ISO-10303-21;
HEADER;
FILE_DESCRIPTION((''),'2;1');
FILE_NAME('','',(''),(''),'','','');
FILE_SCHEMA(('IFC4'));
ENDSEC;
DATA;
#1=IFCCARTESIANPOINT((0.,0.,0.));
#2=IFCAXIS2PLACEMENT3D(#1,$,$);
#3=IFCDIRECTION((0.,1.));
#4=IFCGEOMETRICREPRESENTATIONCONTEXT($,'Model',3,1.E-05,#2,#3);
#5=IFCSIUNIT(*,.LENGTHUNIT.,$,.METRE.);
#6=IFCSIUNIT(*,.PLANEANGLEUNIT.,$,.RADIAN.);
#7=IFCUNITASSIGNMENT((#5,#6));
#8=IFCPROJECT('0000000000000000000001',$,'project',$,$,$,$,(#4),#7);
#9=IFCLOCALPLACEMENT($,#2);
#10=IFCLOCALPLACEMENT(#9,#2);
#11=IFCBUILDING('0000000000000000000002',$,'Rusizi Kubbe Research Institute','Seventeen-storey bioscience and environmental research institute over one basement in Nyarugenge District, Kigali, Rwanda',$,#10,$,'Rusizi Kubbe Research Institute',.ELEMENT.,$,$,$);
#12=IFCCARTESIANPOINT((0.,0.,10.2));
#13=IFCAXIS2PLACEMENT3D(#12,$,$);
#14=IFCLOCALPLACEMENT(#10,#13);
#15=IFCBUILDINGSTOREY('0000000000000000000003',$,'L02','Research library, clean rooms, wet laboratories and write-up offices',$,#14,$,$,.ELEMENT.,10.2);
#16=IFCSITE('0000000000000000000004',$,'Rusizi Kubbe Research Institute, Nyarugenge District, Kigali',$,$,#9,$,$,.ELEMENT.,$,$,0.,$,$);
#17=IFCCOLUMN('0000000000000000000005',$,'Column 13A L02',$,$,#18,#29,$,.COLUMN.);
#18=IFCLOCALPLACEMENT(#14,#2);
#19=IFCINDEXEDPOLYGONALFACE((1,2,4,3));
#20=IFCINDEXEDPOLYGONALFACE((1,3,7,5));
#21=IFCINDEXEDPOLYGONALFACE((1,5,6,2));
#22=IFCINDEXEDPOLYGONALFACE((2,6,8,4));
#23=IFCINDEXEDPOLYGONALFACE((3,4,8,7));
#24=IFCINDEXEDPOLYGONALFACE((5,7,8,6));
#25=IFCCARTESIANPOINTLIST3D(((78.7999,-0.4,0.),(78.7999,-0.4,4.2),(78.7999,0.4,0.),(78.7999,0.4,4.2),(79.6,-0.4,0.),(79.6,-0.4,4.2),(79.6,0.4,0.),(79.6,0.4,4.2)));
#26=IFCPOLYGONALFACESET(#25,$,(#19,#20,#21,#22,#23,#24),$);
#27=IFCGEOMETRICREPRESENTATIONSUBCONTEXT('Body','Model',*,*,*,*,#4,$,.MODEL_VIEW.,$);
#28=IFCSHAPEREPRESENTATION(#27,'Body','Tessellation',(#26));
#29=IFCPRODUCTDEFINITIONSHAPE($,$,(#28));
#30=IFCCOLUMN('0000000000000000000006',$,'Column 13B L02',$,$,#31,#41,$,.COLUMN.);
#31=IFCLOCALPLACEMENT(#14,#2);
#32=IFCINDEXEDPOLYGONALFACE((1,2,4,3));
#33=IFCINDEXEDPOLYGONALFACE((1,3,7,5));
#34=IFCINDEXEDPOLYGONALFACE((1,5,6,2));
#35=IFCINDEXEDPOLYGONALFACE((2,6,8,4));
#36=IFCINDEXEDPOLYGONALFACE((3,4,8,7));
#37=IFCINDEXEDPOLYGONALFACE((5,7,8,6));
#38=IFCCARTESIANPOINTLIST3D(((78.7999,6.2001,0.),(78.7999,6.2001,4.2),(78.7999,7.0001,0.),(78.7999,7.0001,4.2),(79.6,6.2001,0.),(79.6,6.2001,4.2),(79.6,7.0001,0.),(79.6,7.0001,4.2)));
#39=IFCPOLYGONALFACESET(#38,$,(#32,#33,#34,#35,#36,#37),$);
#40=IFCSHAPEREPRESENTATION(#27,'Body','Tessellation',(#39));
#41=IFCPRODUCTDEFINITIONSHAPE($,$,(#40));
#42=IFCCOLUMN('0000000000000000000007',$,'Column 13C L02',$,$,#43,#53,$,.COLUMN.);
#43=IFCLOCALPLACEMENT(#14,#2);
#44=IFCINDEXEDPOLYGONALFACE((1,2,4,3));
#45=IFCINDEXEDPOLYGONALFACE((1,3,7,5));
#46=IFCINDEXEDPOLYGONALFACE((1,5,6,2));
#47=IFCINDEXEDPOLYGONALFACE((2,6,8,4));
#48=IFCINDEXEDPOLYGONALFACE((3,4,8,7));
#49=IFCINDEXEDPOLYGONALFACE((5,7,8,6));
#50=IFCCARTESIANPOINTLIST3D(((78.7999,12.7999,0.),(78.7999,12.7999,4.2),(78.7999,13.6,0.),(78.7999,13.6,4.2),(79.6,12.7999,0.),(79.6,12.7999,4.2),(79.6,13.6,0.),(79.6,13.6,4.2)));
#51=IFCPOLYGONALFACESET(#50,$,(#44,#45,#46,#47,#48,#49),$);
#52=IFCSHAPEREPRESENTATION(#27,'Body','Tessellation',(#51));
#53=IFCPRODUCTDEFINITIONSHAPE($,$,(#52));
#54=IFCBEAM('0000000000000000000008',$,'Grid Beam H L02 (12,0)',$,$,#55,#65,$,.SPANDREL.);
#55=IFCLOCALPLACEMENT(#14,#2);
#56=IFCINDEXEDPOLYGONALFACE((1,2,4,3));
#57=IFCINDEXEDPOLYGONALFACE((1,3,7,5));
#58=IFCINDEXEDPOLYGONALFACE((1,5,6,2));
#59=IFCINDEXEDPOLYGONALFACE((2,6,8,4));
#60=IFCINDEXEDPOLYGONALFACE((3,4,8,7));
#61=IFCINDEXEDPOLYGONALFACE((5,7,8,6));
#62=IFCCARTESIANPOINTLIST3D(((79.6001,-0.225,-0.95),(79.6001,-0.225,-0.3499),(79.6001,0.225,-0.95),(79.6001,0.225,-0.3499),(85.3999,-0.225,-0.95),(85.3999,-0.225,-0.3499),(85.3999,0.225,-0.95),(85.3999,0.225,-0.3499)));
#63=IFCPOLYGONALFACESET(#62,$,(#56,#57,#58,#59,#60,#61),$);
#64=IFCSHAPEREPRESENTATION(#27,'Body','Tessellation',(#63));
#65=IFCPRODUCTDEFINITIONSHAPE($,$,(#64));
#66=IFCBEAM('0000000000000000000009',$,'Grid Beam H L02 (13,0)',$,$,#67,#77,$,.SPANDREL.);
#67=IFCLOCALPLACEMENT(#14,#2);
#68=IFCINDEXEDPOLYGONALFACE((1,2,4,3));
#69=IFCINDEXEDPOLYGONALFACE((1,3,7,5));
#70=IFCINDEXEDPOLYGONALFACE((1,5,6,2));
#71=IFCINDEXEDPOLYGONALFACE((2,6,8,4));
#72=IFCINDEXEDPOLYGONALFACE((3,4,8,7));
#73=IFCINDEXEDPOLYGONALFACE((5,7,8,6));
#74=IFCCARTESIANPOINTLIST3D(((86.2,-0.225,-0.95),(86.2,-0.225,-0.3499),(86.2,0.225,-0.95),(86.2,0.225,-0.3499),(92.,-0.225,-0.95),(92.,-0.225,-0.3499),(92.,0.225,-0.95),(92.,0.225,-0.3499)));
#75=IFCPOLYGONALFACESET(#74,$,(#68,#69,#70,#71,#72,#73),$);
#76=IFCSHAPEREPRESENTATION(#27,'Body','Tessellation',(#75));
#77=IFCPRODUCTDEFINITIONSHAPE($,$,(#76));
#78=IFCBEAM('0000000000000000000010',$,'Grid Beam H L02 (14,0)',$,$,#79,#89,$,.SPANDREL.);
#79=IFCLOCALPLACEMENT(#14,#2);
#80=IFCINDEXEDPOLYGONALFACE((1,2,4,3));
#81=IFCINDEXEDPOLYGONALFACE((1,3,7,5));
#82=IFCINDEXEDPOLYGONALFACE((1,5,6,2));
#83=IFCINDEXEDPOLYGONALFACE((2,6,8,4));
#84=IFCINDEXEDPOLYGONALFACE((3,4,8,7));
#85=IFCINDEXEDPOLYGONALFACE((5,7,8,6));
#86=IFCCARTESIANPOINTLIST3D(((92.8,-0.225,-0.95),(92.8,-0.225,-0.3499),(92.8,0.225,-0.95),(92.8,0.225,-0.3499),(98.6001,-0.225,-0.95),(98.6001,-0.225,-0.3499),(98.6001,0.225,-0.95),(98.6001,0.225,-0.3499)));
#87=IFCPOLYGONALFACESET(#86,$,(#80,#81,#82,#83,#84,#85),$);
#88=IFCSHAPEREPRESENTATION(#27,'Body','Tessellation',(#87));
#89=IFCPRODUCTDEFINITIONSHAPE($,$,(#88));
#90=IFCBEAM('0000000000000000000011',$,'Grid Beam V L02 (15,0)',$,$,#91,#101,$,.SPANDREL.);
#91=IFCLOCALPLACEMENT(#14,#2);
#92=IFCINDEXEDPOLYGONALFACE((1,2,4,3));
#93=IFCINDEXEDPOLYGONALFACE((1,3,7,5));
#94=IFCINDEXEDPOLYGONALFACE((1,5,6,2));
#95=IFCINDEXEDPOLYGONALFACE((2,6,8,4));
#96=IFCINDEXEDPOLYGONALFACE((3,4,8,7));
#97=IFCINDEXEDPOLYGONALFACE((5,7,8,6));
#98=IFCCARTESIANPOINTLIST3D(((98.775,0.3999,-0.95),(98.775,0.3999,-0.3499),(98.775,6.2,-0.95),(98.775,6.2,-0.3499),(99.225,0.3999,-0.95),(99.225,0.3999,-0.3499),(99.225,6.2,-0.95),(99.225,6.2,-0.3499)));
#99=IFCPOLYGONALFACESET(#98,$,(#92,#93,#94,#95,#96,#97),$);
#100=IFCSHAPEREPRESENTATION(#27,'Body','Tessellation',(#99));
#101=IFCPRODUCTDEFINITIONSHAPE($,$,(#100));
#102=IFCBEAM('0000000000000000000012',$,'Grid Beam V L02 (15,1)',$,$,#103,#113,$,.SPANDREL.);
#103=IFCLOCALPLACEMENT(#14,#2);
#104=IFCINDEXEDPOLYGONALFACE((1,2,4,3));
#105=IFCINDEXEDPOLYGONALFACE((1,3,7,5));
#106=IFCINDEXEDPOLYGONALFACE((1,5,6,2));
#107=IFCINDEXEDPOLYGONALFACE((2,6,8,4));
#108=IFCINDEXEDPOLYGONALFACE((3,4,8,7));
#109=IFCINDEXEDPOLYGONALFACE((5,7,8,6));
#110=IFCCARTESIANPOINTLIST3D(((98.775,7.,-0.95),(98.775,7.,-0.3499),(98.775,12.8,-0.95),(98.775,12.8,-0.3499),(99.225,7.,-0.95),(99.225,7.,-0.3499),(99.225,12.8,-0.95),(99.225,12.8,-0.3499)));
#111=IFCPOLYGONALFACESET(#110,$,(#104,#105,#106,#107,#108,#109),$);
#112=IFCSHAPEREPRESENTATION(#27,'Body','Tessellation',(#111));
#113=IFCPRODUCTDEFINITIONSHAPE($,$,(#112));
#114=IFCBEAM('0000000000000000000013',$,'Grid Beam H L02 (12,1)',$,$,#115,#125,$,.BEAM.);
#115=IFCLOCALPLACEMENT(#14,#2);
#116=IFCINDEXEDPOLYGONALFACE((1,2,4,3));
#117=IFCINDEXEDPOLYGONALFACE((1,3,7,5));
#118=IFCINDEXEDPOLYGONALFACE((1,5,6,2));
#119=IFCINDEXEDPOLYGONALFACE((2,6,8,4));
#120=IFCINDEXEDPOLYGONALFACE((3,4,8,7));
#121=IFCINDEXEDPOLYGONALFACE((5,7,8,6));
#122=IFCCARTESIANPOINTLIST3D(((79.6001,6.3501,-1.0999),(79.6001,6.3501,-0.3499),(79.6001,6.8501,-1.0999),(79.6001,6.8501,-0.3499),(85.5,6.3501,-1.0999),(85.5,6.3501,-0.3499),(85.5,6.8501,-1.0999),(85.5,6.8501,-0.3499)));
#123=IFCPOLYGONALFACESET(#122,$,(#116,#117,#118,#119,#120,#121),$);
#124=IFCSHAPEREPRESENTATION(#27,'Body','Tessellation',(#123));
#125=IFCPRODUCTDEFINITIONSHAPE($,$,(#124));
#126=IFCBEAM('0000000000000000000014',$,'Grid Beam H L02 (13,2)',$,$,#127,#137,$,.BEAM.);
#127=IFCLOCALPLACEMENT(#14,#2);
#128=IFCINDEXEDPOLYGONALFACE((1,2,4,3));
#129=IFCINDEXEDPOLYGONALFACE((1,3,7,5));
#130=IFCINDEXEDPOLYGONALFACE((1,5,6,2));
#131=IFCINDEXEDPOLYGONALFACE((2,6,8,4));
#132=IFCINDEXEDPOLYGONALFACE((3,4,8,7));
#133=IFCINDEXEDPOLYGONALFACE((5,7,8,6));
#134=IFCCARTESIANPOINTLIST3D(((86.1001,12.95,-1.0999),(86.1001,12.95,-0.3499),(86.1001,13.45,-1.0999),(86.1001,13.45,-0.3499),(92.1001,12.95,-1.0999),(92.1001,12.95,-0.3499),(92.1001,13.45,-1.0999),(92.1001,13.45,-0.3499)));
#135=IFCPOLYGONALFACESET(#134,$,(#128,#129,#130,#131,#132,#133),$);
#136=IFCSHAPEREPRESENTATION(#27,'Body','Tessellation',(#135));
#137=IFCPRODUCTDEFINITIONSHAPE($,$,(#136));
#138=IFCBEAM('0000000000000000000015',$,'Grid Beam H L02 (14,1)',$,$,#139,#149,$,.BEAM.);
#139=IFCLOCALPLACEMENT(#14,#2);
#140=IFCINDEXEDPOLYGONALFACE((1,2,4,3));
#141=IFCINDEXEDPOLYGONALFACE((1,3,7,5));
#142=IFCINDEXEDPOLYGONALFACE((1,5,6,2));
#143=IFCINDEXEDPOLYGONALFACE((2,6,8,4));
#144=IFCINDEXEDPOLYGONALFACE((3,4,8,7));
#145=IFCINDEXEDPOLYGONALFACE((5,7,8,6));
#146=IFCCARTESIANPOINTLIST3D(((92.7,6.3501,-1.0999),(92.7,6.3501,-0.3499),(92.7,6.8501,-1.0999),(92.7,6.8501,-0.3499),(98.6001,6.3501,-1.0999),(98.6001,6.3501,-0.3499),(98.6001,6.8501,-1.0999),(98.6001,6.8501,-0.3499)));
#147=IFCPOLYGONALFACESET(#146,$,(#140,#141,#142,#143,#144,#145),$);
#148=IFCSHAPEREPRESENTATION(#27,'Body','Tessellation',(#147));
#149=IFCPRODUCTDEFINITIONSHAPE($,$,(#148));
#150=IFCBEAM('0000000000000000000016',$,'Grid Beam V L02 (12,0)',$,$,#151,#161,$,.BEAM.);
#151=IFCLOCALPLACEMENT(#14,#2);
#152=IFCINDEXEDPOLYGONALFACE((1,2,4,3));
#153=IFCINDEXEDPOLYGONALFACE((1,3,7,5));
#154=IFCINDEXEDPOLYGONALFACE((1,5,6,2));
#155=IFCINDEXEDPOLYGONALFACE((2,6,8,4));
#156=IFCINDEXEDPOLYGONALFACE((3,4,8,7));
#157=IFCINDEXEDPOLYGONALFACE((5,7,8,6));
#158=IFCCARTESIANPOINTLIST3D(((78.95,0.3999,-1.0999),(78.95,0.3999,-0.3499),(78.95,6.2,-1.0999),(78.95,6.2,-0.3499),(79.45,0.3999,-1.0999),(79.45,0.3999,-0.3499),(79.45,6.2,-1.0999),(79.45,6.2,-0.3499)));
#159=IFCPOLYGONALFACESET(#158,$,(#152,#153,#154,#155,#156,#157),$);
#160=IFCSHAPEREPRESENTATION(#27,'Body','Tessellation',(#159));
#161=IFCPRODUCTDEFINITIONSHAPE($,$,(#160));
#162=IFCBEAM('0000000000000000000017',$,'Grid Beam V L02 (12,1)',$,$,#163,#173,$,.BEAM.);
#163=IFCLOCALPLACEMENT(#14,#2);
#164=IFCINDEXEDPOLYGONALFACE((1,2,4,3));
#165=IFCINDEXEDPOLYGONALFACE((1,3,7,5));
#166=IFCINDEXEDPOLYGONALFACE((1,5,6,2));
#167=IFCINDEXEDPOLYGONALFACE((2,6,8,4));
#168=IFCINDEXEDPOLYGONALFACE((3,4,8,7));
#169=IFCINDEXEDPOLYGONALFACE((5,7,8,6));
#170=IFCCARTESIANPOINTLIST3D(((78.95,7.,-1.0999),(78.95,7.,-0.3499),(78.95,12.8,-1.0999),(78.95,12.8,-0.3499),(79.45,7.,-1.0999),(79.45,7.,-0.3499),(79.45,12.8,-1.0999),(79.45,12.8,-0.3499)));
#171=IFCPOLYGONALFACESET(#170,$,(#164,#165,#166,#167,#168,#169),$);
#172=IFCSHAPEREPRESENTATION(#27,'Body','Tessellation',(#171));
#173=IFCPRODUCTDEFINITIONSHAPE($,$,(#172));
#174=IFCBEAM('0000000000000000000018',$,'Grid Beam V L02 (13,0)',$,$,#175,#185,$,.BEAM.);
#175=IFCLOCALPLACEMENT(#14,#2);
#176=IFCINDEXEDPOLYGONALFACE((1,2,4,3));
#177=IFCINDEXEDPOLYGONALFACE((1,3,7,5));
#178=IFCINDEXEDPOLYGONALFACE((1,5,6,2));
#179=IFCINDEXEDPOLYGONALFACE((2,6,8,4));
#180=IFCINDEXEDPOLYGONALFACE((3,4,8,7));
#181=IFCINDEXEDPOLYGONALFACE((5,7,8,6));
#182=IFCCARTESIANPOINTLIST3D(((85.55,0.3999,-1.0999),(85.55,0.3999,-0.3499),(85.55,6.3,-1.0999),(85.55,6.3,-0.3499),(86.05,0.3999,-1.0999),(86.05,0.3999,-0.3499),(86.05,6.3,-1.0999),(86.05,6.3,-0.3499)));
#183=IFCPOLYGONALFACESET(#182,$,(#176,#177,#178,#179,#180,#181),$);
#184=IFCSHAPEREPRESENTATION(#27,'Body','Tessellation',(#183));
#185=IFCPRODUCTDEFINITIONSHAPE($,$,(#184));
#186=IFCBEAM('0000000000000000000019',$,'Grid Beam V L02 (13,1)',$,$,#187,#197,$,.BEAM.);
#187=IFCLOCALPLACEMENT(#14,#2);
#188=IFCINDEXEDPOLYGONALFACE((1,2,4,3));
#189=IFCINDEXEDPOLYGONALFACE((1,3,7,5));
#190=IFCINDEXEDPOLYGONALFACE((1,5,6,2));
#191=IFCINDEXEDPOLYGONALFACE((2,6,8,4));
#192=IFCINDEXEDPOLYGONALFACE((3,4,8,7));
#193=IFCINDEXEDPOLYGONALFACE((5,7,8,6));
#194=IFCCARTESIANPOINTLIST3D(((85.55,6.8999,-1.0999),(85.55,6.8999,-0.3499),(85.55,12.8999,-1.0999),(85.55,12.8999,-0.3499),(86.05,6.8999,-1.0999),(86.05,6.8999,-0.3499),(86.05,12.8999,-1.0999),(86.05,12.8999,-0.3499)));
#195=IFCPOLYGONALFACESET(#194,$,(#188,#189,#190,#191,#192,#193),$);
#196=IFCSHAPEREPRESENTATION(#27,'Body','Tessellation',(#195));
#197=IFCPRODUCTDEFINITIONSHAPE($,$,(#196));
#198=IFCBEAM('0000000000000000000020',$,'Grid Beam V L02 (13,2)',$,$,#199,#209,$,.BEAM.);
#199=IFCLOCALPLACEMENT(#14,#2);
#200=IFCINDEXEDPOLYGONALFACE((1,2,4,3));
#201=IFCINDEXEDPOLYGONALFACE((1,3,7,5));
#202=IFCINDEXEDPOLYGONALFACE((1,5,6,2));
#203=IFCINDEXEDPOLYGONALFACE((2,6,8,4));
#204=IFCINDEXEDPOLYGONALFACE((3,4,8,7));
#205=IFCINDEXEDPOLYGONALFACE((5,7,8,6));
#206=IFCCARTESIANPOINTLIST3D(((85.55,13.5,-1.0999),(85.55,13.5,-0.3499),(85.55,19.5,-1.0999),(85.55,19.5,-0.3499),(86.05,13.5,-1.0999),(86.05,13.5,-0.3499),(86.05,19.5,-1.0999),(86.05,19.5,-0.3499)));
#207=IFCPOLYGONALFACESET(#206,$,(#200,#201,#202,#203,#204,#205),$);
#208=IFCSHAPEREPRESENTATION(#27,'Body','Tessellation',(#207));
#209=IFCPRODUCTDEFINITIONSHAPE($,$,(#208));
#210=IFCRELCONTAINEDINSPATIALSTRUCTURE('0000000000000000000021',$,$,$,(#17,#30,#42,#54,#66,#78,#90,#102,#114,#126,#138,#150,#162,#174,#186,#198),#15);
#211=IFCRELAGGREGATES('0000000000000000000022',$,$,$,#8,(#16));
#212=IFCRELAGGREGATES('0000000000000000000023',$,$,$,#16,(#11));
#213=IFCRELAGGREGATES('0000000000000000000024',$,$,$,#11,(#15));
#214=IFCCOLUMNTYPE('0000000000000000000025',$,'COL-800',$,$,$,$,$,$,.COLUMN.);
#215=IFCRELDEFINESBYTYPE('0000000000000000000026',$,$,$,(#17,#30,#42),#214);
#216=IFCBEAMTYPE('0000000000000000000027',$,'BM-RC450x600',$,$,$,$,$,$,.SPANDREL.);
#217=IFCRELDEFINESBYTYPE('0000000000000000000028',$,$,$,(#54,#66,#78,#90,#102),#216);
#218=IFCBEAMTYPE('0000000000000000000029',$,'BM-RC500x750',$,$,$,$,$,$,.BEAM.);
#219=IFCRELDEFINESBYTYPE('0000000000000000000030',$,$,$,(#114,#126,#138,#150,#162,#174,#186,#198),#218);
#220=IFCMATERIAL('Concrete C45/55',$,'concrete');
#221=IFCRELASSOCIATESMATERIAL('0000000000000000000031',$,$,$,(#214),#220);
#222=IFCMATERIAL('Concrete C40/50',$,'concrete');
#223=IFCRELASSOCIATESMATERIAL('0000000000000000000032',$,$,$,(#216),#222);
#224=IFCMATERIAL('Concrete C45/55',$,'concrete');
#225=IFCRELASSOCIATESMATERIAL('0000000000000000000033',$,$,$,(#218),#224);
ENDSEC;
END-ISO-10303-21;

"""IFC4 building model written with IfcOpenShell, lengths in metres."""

from ifc_helpers import new_model, si_unit, direction, frame, origin, origin_2d, place, context, subcontext, project, spatial, rectangle, extrude, material, material_profile, profile_set, type_object, element, save


model = new_model("IFC4")

# Units and contexts
model_context = context("Model", 3, precision=1e-05, world=origin(), true_north=direction((0.0, 1.0)))
body_context = subcontext(model_context, "Body", "Model", "MODEL_VIEW")
ifc_project = project(units=[si_unit("LENGTHUNIT", "METRE"), si_unit("PLANEANGLEUNIT", "RADIAN")], contexts=[model_context])

# Site, building, storey
site_placement = place(None, origin())
site = spatial("IfcSite", under=ifc_project, at=site_placement, Name="Rusizi Kubbe Research Institute, Nyarugenge District, Kigali", CompositionType="ELEMENT", RefElevation=0.0)
building_placement = place(site_placement, origin())
building = spatial("IfcBuilding", under=site, at=building_placement, Name="Rusizi Kubbe Research Institute", Description="Seventeen-storey bioscience and environmental research institute over one basement in Nyarugenge District, Kigali, Rwanda", LongName="Rusizi Kubbe Research Institute", CompositionType="ELEMENT")
storey_placement = place(building_placement, frame((0.0, 0.0, 10.2)))
storey = spatial("IfcBuildingStorey", under=building, at=storey_placement, Name="L02", Description="Research library, clean rooms, wet laboratories and write-up offices", CompositionType="ELEMENT", Elevation=10.2)

# Columns
ifc_material_1 = material(Name="Concrete C45/55", Category="concrete")
ifc_material_profile_1 = material_profile(ifc_material_1, rectangle(XDim=0.8, YDim=0.8, at=origin_2d()), Name="RC800x800")
ifc_profile_set_1 = profile_set([ifc_material_profile_1], Name="Concrete C45/55")
column_type = type_object("IfcColumnType", Name="COL-800", PredefinedType="COLUMN", material=ifc_profile_set_1)
for number, where, z_axis, x_axis, name in (
    (1, (79.2, 0.0, 0.0), (0.0, 0.0, 1.0), (1.0, 0.0, 0.0), "Column 13A L02"),
    (2, (79.2, 6.6001, 0.0), (0.0, 0.0, 1.0), (1.0, 0.0, 0.0), "Column 13B L02"),
    (3, (79.2, 13.2, 0.0), (0.0, 0.0, 1.0), (1.0, 0.0, 0.0), "Column 13C L02"),
):
    element("IfcColumn", number, at=place(storey_placement, frame(where, z_axis=z_axis, x_axis=x_axis)), inside=storey, type_object=column_type, Name=name, PredefinedType="COLUMN", context=body_context, shape_type="SweptSolid", body=[
        extrude(rectangle(XDim=0.8, YDim=0.8, at=origin_2d()), origin(), (0.0, 0.0, 1.0), 4.2),
    ])

# Beams
ifc_material_2 = material(Name="Concrete C40/50", Category="concrete")
ifc_material_profile_2 = material_profile(ifc_material_2, rectangle(XDim=0.45, YDim=0.6001, at=origin_2d()), Name="RC450x600")
ifc_profile_set_2 = profile_set([ifc_material_profile_2], Name="Concrete C40/50")
beam_type_1 = type_object("IfcBeamType", Name="BM-RC450x600", PredefinedType="SPANDREL", material=ifc_profile_set_2)
beam_1_placement = place(storey_placement, frame((79.6001, 0.0, -0.6499), z_axis=(1.0, 0.0, 0.0), x_axis=(0.0, 1.0, 0.0)))
element("IfcBeam", 4, at=beam_1_placement, inside=storey, type_object=beam_type_1, Name="Grid Beam H L02 (12,0)", PredefinedType="SPANDREL", context=body_context, shape_type="SweptSolid", body=[
    extrude(rectangle(XDim=0.45, YDim=0.6001, at=origin_2d()), origin(), (0.0, 0.0, 1.0), 5.7998),
])
for number, where, z_axis, x_axis, name in (
    (5, (86.2, 0.0, -0.6499), (1.0, 0.0, 0.0), (0.0, 1.0, 0.0), "Grid Beam H L02 (13,0)"),
    (6, (92.8, 0.0, -0.6499), (1.0, 0.0, 0.0), (0.0, 1.0, 0.0), "Grid Beam H L02 (14,0)"),
    (7, (99.0, 0.3999, -0.6499), (0.0, 1.0, 0.0), (-1.0, 0.0, 0.0), "Grid Beam V L02 (15,0)"),
    (8, (99.0, 7.0, -0.6499), (0.0, 1.0, 0.0), (-1.0, 0.0, 0.0), "Grid Beam V L02 (15,1)"),
):
    element("IfcBeam", number, at=place(storey_placement, frame(where, z_axis=z_axis, x_axis=x_axis)), inside=storey, type_object=beam_type_1, Name=name, PredefinedType="SPANDREL", context=body_context, shape_type="SweptSolid", body=[
        extrude(rectangle(XDim=0.45, YDim=0.6001, at=origin_2d()), origin(), (0.0, 0.0, 1.0), 5.8),
    ])
ifc_material_3 = material(Name="Concrete C45/55", Category="concrete")
ifc_material_profile_3 = material_profile(ifc_material_3, rectangle(XDim=0.5, YDim=0.75, at=origin_2d()), Name="RC500x750B")
ifc_profile_set_3 = profile_set([ifc_material_profile_3], Name="Concrete C45/55")
beam_type_2 = type_object("IfcBeamType", Name="BM-RC500x750", PredefinedType="BEAM", material=ifc_profile_set_3)
beam_2_placement = place(storey_placement, frame((79.6001, 6.6001, -0.7249), z_axis=(1.0, 0.0, 0.0), x_axis=(0.0, 1.0, 0.0)))
element("IfcBeam", 9, at=beam_2_placement, inside=storey, type_object=beam_type_2, Name="Grid Beam H L02 (12,1)", PredefinedType="BEAM", context=body_context, shape_type="SweptSolid", body=[
    extrude(rectangle(XDim=0.5, YDim=0.75, at=origin_2d()), origin(), (0.0, 0.0, 1.0), 5.8999),
])
beam_3_placement = place(storey_placement, frame((86.1001, 13.2, -0.7249), z_axis=(1.0, 0.0, 0.0), x_axis=(0.0, 1.0, 0.0)))
element("IfcBeam", 10, at=beam_3_placement, inside=storey, type_object=beam_type_2, Name="Grid Beam H L02 (13,2)", PredefinedType="BEAM", context=body_context, shape_type="SweptSolid", body=[
    extrude(rectangle(XDim=0.5, YDim=0.75, at=origin_2d()), origin(), (0.0, 0.0, 1.0), 6.0),
])
beam_4_placement = place(storey_placement, frame((92.7, 6.6001, -0.7249), z_axis=(1.0, 0.0, 0.0), x_axis=(0.0, 1.0, 0.0)))
element("IfcBeam", 11, at=beam_4_placement, inside=storey, type_object=beam_type_2, Name="Grid Beam H L02 (14,1)", PredefinedType="BEAM", context=body_context, shape_type="SweptSolid", body=[
    extrude(rectangle(XDim=0.5, YDim=0.75, at=origin_2d()), origin(), (0.0, 0.0, 1.0), 5.9001),
])
for number, where, z_axis, x_axis, name in (
    (12, (79.2, 0.3999, -0.7249), (0.0, 1.0, 0.0), (-1.0, 0.0, 0.0), "Grid Beam V L02 (12,0)"),
    (13, (79.2, 7.0, -0.7249), (0.0, 1.0, 0.0), (-1.0, 0.0, 0.0), "Grid Beam V L02 (12,1)"),
):
    element("IfcBeam", number, at=place(storey_placement, frame(where, z_axis=z_axis, x_axis=x_axis)), inside=storey, type_object=beam_type_2, Name=name, PredefinedType="BEAM", context=body_context, shape_type="SweptSolid", body=[
        extrude(rectangle(XDim=0.5, YDim=0.75, at=origin_2d()), origin(), (0.0, 0.0, 1.0), 5.8),
    ])
beam_5_placement = place(storey_placement, frame((85.8, 0.3999, -0.7249), z_axis=(0.0, 1.0, 0.0), x_axis=(-1.0, 0.0, 0.0)))
element("IfcBeam", 14, at=beam_5_placement, inside=storey, type_object=beam_type_2, Name="Grid Beam V L02 (13,0)", PredefinedType="BEAM", context=body_context, shape_type="SweptSolid", body=[
    extrude(rectangle(XDim=0.5, YDim=0.75, at=origin_2d()), origin(), (0.0, 0.0, 1.0), 5.9001),
])
for number, where, z_axis, x_axis, name in (
    (15, (85.8, 6.8999, -0.7249), (0.0, 1.0, 0.0), (-1.0, 0.0, 0.0), "Grid Beam V L02 (13,1)"),
    (16, (85.8, 13.5, -0.7249), (0.0, 1.0, 0.0), (-1.0, 0.0, 0.0), "Grid Beam V L02 (13,2)"),
):
    element("IfcBeam", number, at=place(storey_placement, frame(where, z_axis=z_axis, x_axis=x_axis)), inside=storey, type_object=beam_type_2, Name=name, PredefinedType="BEAM", context=body_context, shape_type="SweptSolid", body=[
        extrude(rectangle(XDim=0.5, YDim=0.75, at=origin_2d()), origin(), (0.0, 0.0, 1.0), 6.0),
    ])

save(model, "model.ifc")
